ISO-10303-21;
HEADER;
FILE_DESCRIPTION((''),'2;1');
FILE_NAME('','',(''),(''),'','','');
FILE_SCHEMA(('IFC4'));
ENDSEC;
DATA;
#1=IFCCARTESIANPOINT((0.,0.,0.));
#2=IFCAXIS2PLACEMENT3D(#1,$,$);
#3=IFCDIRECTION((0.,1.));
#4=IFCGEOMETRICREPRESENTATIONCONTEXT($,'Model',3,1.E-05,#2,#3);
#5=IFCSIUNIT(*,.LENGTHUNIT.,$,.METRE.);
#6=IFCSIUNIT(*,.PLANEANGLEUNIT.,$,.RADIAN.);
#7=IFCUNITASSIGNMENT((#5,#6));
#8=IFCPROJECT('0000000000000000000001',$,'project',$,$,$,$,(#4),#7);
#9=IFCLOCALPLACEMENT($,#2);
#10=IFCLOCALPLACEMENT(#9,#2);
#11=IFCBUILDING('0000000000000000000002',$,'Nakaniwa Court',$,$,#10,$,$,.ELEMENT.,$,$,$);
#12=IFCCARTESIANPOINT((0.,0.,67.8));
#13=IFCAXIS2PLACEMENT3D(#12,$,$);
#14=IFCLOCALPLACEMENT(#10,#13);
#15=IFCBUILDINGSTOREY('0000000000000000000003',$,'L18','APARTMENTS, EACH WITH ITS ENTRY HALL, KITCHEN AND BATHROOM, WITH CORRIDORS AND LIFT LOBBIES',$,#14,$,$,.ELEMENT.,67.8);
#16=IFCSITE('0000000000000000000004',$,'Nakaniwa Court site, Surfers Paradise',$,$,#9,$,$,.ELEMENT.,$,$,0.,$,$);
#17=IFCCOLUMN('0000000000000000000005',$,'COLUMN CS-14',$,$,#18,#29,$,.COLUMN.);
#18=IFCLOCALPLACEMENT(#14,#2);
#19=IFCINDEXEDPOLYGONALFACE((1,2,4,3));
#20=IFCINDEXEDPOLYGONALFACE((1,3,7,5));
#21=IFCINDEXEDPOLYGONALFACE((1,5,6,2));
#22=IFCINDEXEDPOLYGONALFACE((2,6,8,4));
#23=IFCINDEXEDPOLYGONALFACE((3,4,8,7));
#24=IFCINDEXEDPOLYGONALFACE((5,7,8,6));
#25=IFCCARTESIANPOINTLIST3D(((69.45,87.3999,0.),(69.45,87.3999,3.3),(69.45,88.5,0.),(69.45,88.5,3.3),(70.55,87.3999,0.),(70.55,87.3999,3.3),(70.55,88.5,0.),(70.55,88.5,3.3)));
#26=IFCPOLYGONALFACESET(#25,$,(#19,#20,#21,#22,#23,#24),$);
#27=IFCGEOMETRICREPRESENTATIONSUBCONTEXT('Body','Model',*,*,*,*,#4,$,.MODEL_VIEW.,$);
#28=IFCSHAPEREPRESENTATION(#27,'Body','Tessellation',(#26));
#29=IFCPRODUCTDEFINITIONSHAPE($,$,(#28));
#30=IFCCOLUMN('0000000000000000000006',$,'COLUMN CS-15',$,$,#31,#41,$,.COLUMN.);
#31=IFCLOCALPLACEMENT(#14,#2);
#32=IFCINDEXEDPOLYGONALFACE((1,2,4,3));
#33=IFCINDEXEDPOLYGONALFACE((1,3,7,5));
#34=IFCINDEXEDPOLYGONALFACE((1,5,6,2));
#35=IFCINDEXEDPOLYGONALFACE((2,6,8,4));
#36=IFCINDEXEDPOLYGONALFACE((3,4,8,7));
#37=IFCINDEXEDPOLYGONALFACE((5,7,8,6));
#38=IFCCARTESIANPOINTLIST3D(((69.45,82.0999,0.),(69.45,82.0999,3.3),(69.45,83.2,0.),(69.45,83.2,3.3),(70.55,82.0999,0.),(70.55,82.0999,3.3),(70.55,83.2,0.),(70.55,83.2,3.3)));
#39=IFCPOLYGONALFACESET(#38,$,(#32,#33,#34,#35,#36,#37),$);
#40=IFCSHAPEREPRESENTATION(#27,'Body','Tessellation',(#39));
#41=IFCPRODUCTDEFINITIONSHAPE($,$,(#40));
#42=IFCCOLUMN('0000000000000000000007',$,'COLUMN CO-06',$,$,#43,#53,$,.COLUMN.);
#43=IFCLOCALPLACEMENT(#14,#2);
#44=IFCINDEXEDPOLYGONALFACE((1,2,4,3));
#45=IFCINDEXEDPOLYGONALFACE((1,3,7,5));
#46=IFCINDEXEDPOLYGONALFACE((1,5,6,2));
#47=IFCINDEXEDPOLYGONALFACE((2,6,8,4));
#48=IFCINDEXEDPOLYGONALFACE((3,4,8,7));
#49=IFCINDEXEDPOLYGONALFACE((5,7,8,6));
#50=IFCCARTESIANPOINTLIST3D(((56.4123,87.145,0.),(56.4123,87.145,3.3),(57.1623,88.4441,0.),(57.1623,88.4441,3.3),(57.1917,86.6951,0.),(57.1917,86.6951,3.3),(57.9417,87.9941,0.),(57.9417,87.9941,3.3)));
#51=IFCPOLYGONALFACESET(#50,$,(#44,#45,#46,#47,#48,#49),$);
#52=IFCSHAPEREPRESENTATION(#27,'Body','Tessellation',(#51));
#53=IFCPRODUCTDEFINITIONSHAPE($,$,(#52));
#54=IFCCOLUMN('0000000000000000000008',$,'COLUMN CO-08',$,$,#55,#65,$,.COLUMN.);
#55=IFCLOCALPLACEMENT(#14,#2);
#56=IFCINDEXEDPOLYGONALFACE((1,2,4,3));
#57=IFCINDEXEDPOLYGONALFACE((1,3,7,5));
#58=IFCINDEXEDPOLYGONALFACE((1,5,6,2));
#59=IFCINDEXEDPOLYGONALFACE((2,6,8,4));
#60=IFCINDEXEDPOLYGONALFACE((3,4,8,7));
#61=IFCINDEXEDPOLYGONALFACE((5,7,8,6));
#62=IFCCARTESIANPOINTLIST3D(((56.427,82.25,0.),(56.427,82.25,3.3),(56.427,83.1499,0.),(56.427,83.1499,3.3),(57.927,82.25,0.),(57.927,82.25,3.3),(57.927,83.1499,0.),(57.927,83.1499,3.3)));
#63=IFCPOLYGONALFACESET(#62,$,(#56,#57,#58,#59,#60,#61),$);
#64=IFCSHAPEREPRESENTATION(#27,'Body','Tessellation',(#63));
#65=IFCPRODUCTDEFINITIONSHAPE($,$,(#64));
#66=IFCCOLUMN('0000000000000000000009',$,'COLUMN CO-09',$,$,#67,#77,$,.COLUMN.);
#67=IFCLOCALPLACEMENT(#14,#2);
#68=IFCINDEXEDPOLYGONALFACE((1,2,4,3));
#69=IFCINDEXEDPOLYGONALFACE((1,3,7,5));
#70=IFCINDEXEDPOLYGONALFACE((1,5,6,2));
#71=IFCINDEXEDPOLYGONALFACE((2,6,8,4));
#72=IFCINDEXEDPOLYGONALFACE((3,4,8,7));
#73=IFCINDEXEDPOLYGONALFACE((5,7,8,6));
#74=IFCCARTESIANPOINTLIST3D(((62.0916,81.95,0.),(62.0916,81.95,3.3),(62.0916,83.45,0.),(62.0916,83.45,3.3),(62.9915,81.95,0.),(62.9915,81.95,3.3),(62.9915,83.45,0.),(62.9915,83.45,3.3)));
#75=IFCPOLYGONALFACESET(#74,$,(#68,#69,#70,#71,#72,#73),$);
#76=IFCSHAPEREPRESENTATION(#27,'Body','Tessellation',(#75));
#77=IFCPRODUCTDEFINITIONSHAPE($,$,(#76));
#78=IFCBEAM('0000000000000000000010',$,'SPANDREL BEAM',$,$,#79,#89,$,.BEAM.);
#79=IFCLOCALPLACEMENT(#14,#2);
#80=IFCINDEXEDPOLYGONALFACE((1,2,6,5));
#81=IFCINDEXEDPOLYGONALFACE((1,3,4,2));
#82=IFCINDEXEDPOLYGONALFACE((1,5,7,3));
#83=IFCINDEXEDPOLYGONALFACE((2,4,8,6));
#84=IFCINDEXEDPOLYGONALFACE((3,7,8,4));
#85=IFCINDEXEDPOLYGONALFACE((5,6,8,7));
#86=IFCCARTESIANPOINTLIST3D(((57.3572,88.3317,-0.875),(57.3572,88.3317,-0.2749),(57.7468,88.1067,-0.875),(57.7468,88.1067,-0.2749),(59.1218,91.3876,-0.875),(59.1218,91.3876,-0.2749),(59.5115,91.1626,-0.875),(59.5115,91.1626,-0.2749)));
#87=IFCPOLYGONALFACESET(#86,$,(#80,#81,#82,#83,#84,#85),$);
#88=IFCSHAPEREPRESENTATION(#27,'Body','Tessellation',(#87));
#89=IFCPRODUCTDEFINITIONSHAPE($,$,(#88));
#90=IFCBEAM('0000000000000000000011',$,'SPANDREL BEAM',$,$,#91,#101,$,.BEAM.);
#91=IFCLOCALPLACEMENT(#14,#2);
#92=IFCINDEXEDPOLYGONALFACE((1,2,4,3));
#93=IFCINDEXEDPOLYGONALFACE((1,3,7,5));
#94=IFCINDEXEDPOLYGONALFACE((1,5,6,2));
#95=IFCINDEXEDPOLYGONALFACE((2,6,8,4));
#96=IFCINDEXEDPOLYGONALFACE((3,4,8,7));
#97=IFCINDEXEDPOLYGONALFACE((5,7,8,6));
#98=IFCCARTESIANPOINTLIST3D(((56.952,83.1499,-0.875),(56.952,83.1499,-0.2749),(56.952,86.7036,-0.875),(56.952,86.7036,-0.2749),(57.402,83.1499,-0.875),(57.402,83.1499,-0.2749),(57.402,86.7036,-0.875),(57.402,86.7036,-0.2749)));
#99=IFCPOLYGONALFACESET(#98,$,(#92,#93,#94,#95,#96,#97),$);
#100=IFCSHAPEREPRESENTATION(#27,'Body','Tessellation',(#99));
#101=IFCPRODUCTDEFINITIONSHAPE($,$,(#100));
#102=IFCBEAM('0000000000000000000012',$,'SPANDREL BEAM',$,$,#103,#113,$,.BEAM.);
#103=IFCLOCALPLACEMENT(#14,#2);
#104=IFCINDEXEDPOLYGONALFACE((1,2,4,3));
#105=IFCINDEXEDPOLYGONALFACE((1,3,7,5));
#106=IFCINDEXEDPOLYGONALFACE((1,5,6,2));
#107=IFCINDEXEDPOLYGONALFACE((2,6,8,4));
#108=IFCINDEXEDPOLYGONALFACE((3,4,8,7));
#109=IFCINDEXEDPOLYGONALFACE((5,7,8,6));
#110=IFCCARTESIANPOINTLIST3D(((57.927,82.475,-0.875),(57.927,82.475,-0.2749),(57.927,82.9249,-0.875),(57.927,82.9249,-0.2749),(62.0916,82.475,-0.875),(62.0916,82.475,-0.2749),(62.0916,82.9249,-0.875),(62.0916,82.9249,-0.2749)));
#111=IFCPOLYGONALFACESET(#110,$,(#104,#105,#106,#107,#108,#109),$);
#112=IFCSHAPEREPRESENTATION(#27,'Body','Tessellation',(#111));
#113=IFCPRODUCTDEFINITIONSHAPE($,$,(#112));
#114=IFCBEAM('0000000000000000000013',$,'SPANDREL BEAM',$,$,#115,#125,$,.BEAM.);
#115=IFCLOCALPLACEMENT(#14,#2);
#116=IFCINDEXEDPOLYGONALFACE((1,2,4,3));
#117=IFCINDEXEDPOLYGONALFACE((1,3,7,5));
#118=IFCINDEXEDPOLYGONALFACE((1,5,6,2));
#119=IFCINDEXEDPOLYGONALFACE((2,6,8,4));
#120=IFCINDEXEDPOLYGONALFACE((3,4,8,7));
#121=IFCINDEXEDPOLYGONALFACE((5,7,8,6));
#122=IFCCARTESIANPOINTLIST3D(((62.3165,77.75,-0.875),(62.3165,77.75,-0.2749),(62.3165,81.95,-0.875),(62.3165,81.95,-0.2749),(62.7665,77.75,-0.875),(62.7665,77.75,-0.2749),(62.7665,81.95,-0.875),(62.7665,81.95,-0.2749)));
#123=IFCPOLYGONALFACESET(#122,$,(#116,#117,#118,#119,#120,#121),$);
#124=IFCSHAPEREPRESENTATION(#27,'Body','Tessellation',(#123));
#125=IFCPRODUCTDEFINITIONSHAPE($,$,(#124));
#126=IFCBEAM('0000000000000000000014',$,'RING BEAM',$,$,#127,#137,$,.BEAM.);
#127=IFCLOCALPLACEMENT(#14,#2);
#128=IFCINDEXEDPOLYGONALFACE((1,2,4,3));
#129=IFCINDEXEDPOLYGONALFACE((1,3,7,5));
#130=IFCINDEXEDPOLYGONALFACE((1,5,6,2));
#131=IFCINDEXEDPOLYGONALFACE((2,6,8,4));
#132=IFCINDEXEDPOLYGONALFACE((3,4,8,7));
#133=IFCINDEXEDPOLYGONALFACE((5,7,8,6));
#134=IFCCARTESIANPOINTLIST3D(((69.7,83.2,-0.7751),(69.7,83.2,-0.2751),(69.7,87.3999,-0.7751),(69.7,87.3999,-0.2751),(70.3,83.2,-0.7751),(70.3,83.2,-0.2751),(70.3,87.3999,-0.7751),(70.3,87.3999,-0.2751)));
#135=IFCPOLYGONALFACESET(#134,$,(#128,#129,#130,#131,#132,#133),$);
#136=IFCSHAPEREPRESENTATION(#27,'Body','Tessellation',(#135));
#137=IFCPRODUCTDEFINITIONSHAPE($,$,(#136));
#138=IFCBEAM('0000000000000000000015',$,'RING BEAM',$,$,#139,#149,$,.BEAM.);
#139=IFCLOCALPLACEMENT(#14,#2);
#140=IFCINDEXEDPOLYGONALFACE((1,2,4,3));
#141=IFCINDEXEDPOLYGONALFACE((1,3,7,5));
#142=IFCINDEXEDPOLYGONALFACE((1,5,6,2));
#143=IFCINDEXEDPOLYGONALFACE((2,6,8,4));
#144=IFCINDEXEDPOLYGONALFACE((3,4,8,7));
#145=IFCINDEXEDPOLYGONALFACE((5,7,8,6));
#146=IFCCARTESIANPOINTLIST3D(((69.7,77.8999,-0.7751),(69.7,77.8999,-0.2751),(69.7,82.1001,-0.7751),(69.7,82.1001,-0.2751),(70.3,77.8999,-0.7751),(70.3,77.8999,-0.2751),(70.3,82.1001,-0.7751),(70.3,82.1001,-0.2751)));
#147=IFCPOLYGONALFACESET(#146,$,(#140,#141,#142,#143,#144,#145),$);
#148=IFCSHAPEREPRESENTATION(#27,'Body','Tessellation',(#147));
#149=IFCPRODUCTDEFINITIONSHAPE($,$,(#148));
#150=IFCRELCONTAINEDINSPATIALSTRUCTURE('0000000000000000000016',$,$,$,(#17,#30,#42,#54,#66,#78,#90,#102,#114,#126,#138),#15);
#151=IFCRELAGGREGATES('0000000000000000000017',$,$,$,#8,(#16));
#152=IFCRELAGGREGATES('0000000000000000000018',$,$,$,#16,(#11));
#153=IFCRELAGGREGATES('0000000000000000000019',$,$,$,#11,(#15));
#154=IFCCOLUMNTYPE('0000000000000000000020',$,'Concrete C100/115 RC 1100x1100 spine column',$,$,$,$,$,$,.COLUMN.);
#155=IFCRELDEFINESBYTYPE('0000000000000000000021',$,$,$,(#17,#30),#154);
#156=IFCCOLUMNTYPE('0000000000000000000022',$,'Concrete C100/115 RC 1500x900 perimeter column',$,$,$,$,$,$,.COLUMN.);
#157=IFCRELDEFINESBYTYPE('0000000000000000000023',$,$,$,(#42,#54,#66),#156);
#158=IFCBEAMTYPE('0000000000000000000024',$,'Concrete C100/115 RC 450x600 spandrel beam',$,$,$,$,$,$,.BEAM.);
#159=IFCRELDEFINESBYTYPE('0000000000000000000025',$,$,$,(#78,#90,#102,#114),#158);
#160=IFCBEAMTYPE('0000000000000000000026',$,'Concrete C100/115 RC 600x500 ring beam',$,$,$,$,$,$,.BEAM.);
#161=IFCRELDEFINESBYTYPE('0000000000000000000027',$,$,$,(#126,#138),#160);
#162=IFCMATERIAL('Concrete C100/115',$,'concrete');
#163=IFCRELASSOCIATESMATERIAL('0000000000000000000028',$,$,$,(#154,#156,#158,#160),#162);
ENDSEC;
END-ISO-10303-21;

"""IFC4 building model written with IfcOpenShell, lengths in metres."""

from ifc_helpers import new_model, si_unit, direction, frame, origin, origin_2d, place, context, subcontext, project, spatial, rectangle, extrude, material, material_profile, profile_set, type_object, element, save


model = new_model("IFC4")

# Units and contexts
model_context = context("Model", 3, precision=1e-05, world=origin(), true_north=direction((0.0, 1.0)))
body_context = subcontext(model_context, "Body", "Model", "MODEL_VIEW")
ifc_project = project(units=[si_unit("LENGTHUNIT", "METRE"), si_unit("PLANEANGLEUNIT", "RADIAN")], contexts=[model_context])

# Site, building, storey
site_placement = place(None, origin())
site = spatial("IfcSite", under=ifc_project, at=site_placement, Name="Nakaniwa Court site, Surfers Paradise", CompositionType="ELEMENT", RefElevation=0.0)
building_placement = place(site_placement, origin())
building = spatial("IfcBuilding", under=site, at=building_placement, Name="Nakaniwa Court", CompositionType="ELEMENT")
storey_placement = place(building_placement, frame((0.0, 0.0, 67.8)))
storey = spatial("IfcBuildingStorey", under=building, at=storey_placement, Name="L18", Description="APARTMENTS, EACH WITH ITS ENTRY HALL, KITCHEN AND BATHROOM, WITH CORRIDORS AND LIFT LOBBIES", CompositionType="ELEMENT", Elevation=67.8)

# Columns
ifc_material_1 = material(Name="Concrete C100/115", Category="concrete")
ifc_material_profile_1 = material_profile(ifc_material_1, rectangle(XDim=1.1001, YDim=1.1001, at=origin_2d()), Name="Concrete C100/115 RC 1100x1100 spine column")
ifc_profile_set_1 = profile_set([ifc_material_profile_1], Name="Concrete C100/115")
column_type_1 = type_object("IfcColumnType", Name="Concrete C100/115 RC 1100x1100 spine column", PredefinedType="COLUMN", material=ifc_profile_set_1)
for number, where, z_axis, x_axis, name in (
    (1, (70.0, 87.95, 0.0), (0.0, 0.0, 1.0), (0.0, -1.0, 0.0), "COLUMN CS-14"),
    (2, (70.0, 82.6499, 0.0), (0.0, 0.0, 1.0), (0.0, -1.0, 0.0), "COLUMN CS-15"),
):
    element("IfcColumn", number, at=place(storey_placement, frame(where, z_axis=z_axis, x_axis=x_axis)), inside=storey, type_object=column_type_1, Name=name, PredefinedType="COLUMN", context=body_context, shape_type="SweptSolid", body=[
        extrude(rectangle(XDim=1.1001, YDim=1.1001, at=origin_2d()), origin(), (0.0, 0.0, 1.0), 3.3),
    ])
ifc_material_profile_2 = material_profile(ifc_material_1, rectangle(XDim=1.5, YDim=0.8999, at=origin_2d()), Name="Concrete C100/115 RC 1500x900 perimeter column")
ifc_profile_set_2 = profile_set([ifc_material_profile_2], Name="Concrete C100/115")
column_type_2 = type_object("IfcColumnType", Name="Concrete C100/115 RC 1500x900 perimeter column", PredefinedType="COLUMN", material=ifc_profile_set_2)
for number, where, z_axis, x_axis, name in (
    (3, (57.177, 87.5696, 0.0), (0.0, 0.0, 1.0), (-0.5, -0.866025, 0.0), "COLUMN CO-06"),
    (4, (57.177, 82.7, 0.0), (0.0, 0.0, 1.0), (1.0, 0.0, 0.0), "COLUMN CO-08"),
    (5, (62.5415, 82.7, 0.0), (0.0, 0.0, 1.0), (0.0, -1.0, 0.0), "COLUMN CO-09"),
):
    element("IfcColumn", number, at=place(storey_placement, frame(where, z_axis=z_axis, x_axis=x_axis)), inside=storey, type_object=column_type_2, Name=name, PredefinedType="COLUMN", context=body_context, shape_type="SweptSolid", body=[
        extrude(rectangle(XDim=1.5, YDim=0.8999, at=origin_2d()), origin(), (0.0, 0.0, 1.0), 3.3),
    ])

# Beams
ifc_material_profile_3 = material_profile(ifc_material_1, rectangle(XDim=0.45, YDim=0.6001, at=origin_2d()), Name="Concrete C100/115 RC 450x600 spandrel beam")
ifc_profile_set_3 = profile_set([ifc_material_profile_3], Name="Concrete C100/115")
beam_type_1 = type_object("IfcBeamType", Name="Concrete C100/115 RC 450x600 spandrel beam", PredefinedType="BEAM", material=ifc_profile_set_3)
beam_1_placement = place(storey_placement, frame((59.3167, 91.2751, -0.575), z_axis=(-0.500068, -0.865986, 0.0), x_axis=(0.865986, -0.500068, 0.0)))
element("IfcBeam", 6, at=beam_1_placement, inside=storey, type_object=beam_type_1, Name="SPANDREL BEAM", PredefinedType="BEAM", context=body_context, shape_type="SweptSolid", body=[
    extrude(rectangle(XDim=0.45, YDim=0.6001, at=origin_2d()), origin(), (0.0, 0.0, 1.0), 3.5288),
])
beam_2_placement = place(storey_placement, frame((57.177, 86.7036, -0.575), z_axis=(0.0, -1.0, 0.0), x_axis=(1.0, 0.0, 0.0)))
element("IfcBeam", 7, at=beam_2_placement, inside=storey, type_object=beam_type_1, Name="SPANDREL BEAM", PredefinedType="BEAM", context=body_context, shape_type="SweptSolid", body=[
    extrude(rectangle(XDim=0.45, YDim=0.6001, at=origin_2d()), origin(), (0.0, 0.0, 1.0), 3.5537),
])
beam_3_placement = place(storey_placement, frame((57.927, 82.7, -0.575), z_axis=(1.0, 0.0, 0.0), x_axis=(0.0, 1.0, 0.0)))
element("IfcBeam", 8, at=beam_3_placement, inside=storey, type_object=beam_type_1, Name="SPANDREL BEAM", PredefinedType="BEAM", context=body_context, shape_type="SweptSolid", body=[
    extrude(rectangle(XDim=0.45, YDim=0.6001, at=origin_2d()), origin(), (0.0, 0.0, 1.0), 4.1646),
])
beam_4_placement = place(storey_placement, frame((62.5415, 81.95, -0.575), z_axis=(0.0, -1.0, 0.0), x_axis=(1.0, 0.0, 0.0)))
element("IfcBeam", 9, at=beam_4_placement, inside=storey, type_object=beam_type_1, Name="SPANDREL BEAM", PredefinedType="BEAM", context=body_context, shape_type="SweptSolid", body=[
    extrude(rectangle(XDim=0.45, YDim=0.6001, at=origin_2d()), origin(), (0.0, 0.0, 1.0), 4.2),
])
ifc_material_profile_4 = material_profile(ifc_material_1, rectangle(XDim=0.6001, YDim=0.5, at=origin_2d()), Name="Concrete C100/115 RC 600x500 ring beam")
ifc_profile_set_4 = profile_set([ifc_material_profile_4], Name="Concrete C100/115")
beam_type_2 = type_object("IfcBeamType", Name="Concrete C100/115 RC 600x500 ring beam", PredefinedType="BEAM", material=ifc_profile_set_4)
beam_5_placement = place(storey_placement, frame((70.0, 87.3999, -0.5251), z_axis=(0.0, -1.0, 0.0), x_axis=(1.0, 0.0, 0.0)))
element("IfcBeam", 10, at=beam_5_placement, inside=storey, type_object=beam_type_2, Name="RING BEAM", PredefinedType="BEAM", context=body_context, shape_type="SweptSolid", body=[
    extrude(rectangle(XDim=0.6001, YDim=0.5, at=origin_2d()), origin(), (0.0, 0.0, 1.0), 4.2),
])
beam_6_placement = place(storey_placement, frame((70.0, 82.1001, -0.5251), z_axis=(0.0, -1.0, 0.0), x_axis=(1.0, 0.0, 0.0)))
element("IfcBeam", 11, at=beam_6_placement, inside=storey, type_object=beam_type_2, Name="RING BEAM", PredefinedType="BEAM", context=body_context, shape_type="SweptSolid", body=[
    extrude(rectangle(XDim=0.6001, YDim=0.5, at=origin_2d()), origin(), (0.0, 0.0, 1.0), 4.2002),
])

save(model, "model.ifc")
